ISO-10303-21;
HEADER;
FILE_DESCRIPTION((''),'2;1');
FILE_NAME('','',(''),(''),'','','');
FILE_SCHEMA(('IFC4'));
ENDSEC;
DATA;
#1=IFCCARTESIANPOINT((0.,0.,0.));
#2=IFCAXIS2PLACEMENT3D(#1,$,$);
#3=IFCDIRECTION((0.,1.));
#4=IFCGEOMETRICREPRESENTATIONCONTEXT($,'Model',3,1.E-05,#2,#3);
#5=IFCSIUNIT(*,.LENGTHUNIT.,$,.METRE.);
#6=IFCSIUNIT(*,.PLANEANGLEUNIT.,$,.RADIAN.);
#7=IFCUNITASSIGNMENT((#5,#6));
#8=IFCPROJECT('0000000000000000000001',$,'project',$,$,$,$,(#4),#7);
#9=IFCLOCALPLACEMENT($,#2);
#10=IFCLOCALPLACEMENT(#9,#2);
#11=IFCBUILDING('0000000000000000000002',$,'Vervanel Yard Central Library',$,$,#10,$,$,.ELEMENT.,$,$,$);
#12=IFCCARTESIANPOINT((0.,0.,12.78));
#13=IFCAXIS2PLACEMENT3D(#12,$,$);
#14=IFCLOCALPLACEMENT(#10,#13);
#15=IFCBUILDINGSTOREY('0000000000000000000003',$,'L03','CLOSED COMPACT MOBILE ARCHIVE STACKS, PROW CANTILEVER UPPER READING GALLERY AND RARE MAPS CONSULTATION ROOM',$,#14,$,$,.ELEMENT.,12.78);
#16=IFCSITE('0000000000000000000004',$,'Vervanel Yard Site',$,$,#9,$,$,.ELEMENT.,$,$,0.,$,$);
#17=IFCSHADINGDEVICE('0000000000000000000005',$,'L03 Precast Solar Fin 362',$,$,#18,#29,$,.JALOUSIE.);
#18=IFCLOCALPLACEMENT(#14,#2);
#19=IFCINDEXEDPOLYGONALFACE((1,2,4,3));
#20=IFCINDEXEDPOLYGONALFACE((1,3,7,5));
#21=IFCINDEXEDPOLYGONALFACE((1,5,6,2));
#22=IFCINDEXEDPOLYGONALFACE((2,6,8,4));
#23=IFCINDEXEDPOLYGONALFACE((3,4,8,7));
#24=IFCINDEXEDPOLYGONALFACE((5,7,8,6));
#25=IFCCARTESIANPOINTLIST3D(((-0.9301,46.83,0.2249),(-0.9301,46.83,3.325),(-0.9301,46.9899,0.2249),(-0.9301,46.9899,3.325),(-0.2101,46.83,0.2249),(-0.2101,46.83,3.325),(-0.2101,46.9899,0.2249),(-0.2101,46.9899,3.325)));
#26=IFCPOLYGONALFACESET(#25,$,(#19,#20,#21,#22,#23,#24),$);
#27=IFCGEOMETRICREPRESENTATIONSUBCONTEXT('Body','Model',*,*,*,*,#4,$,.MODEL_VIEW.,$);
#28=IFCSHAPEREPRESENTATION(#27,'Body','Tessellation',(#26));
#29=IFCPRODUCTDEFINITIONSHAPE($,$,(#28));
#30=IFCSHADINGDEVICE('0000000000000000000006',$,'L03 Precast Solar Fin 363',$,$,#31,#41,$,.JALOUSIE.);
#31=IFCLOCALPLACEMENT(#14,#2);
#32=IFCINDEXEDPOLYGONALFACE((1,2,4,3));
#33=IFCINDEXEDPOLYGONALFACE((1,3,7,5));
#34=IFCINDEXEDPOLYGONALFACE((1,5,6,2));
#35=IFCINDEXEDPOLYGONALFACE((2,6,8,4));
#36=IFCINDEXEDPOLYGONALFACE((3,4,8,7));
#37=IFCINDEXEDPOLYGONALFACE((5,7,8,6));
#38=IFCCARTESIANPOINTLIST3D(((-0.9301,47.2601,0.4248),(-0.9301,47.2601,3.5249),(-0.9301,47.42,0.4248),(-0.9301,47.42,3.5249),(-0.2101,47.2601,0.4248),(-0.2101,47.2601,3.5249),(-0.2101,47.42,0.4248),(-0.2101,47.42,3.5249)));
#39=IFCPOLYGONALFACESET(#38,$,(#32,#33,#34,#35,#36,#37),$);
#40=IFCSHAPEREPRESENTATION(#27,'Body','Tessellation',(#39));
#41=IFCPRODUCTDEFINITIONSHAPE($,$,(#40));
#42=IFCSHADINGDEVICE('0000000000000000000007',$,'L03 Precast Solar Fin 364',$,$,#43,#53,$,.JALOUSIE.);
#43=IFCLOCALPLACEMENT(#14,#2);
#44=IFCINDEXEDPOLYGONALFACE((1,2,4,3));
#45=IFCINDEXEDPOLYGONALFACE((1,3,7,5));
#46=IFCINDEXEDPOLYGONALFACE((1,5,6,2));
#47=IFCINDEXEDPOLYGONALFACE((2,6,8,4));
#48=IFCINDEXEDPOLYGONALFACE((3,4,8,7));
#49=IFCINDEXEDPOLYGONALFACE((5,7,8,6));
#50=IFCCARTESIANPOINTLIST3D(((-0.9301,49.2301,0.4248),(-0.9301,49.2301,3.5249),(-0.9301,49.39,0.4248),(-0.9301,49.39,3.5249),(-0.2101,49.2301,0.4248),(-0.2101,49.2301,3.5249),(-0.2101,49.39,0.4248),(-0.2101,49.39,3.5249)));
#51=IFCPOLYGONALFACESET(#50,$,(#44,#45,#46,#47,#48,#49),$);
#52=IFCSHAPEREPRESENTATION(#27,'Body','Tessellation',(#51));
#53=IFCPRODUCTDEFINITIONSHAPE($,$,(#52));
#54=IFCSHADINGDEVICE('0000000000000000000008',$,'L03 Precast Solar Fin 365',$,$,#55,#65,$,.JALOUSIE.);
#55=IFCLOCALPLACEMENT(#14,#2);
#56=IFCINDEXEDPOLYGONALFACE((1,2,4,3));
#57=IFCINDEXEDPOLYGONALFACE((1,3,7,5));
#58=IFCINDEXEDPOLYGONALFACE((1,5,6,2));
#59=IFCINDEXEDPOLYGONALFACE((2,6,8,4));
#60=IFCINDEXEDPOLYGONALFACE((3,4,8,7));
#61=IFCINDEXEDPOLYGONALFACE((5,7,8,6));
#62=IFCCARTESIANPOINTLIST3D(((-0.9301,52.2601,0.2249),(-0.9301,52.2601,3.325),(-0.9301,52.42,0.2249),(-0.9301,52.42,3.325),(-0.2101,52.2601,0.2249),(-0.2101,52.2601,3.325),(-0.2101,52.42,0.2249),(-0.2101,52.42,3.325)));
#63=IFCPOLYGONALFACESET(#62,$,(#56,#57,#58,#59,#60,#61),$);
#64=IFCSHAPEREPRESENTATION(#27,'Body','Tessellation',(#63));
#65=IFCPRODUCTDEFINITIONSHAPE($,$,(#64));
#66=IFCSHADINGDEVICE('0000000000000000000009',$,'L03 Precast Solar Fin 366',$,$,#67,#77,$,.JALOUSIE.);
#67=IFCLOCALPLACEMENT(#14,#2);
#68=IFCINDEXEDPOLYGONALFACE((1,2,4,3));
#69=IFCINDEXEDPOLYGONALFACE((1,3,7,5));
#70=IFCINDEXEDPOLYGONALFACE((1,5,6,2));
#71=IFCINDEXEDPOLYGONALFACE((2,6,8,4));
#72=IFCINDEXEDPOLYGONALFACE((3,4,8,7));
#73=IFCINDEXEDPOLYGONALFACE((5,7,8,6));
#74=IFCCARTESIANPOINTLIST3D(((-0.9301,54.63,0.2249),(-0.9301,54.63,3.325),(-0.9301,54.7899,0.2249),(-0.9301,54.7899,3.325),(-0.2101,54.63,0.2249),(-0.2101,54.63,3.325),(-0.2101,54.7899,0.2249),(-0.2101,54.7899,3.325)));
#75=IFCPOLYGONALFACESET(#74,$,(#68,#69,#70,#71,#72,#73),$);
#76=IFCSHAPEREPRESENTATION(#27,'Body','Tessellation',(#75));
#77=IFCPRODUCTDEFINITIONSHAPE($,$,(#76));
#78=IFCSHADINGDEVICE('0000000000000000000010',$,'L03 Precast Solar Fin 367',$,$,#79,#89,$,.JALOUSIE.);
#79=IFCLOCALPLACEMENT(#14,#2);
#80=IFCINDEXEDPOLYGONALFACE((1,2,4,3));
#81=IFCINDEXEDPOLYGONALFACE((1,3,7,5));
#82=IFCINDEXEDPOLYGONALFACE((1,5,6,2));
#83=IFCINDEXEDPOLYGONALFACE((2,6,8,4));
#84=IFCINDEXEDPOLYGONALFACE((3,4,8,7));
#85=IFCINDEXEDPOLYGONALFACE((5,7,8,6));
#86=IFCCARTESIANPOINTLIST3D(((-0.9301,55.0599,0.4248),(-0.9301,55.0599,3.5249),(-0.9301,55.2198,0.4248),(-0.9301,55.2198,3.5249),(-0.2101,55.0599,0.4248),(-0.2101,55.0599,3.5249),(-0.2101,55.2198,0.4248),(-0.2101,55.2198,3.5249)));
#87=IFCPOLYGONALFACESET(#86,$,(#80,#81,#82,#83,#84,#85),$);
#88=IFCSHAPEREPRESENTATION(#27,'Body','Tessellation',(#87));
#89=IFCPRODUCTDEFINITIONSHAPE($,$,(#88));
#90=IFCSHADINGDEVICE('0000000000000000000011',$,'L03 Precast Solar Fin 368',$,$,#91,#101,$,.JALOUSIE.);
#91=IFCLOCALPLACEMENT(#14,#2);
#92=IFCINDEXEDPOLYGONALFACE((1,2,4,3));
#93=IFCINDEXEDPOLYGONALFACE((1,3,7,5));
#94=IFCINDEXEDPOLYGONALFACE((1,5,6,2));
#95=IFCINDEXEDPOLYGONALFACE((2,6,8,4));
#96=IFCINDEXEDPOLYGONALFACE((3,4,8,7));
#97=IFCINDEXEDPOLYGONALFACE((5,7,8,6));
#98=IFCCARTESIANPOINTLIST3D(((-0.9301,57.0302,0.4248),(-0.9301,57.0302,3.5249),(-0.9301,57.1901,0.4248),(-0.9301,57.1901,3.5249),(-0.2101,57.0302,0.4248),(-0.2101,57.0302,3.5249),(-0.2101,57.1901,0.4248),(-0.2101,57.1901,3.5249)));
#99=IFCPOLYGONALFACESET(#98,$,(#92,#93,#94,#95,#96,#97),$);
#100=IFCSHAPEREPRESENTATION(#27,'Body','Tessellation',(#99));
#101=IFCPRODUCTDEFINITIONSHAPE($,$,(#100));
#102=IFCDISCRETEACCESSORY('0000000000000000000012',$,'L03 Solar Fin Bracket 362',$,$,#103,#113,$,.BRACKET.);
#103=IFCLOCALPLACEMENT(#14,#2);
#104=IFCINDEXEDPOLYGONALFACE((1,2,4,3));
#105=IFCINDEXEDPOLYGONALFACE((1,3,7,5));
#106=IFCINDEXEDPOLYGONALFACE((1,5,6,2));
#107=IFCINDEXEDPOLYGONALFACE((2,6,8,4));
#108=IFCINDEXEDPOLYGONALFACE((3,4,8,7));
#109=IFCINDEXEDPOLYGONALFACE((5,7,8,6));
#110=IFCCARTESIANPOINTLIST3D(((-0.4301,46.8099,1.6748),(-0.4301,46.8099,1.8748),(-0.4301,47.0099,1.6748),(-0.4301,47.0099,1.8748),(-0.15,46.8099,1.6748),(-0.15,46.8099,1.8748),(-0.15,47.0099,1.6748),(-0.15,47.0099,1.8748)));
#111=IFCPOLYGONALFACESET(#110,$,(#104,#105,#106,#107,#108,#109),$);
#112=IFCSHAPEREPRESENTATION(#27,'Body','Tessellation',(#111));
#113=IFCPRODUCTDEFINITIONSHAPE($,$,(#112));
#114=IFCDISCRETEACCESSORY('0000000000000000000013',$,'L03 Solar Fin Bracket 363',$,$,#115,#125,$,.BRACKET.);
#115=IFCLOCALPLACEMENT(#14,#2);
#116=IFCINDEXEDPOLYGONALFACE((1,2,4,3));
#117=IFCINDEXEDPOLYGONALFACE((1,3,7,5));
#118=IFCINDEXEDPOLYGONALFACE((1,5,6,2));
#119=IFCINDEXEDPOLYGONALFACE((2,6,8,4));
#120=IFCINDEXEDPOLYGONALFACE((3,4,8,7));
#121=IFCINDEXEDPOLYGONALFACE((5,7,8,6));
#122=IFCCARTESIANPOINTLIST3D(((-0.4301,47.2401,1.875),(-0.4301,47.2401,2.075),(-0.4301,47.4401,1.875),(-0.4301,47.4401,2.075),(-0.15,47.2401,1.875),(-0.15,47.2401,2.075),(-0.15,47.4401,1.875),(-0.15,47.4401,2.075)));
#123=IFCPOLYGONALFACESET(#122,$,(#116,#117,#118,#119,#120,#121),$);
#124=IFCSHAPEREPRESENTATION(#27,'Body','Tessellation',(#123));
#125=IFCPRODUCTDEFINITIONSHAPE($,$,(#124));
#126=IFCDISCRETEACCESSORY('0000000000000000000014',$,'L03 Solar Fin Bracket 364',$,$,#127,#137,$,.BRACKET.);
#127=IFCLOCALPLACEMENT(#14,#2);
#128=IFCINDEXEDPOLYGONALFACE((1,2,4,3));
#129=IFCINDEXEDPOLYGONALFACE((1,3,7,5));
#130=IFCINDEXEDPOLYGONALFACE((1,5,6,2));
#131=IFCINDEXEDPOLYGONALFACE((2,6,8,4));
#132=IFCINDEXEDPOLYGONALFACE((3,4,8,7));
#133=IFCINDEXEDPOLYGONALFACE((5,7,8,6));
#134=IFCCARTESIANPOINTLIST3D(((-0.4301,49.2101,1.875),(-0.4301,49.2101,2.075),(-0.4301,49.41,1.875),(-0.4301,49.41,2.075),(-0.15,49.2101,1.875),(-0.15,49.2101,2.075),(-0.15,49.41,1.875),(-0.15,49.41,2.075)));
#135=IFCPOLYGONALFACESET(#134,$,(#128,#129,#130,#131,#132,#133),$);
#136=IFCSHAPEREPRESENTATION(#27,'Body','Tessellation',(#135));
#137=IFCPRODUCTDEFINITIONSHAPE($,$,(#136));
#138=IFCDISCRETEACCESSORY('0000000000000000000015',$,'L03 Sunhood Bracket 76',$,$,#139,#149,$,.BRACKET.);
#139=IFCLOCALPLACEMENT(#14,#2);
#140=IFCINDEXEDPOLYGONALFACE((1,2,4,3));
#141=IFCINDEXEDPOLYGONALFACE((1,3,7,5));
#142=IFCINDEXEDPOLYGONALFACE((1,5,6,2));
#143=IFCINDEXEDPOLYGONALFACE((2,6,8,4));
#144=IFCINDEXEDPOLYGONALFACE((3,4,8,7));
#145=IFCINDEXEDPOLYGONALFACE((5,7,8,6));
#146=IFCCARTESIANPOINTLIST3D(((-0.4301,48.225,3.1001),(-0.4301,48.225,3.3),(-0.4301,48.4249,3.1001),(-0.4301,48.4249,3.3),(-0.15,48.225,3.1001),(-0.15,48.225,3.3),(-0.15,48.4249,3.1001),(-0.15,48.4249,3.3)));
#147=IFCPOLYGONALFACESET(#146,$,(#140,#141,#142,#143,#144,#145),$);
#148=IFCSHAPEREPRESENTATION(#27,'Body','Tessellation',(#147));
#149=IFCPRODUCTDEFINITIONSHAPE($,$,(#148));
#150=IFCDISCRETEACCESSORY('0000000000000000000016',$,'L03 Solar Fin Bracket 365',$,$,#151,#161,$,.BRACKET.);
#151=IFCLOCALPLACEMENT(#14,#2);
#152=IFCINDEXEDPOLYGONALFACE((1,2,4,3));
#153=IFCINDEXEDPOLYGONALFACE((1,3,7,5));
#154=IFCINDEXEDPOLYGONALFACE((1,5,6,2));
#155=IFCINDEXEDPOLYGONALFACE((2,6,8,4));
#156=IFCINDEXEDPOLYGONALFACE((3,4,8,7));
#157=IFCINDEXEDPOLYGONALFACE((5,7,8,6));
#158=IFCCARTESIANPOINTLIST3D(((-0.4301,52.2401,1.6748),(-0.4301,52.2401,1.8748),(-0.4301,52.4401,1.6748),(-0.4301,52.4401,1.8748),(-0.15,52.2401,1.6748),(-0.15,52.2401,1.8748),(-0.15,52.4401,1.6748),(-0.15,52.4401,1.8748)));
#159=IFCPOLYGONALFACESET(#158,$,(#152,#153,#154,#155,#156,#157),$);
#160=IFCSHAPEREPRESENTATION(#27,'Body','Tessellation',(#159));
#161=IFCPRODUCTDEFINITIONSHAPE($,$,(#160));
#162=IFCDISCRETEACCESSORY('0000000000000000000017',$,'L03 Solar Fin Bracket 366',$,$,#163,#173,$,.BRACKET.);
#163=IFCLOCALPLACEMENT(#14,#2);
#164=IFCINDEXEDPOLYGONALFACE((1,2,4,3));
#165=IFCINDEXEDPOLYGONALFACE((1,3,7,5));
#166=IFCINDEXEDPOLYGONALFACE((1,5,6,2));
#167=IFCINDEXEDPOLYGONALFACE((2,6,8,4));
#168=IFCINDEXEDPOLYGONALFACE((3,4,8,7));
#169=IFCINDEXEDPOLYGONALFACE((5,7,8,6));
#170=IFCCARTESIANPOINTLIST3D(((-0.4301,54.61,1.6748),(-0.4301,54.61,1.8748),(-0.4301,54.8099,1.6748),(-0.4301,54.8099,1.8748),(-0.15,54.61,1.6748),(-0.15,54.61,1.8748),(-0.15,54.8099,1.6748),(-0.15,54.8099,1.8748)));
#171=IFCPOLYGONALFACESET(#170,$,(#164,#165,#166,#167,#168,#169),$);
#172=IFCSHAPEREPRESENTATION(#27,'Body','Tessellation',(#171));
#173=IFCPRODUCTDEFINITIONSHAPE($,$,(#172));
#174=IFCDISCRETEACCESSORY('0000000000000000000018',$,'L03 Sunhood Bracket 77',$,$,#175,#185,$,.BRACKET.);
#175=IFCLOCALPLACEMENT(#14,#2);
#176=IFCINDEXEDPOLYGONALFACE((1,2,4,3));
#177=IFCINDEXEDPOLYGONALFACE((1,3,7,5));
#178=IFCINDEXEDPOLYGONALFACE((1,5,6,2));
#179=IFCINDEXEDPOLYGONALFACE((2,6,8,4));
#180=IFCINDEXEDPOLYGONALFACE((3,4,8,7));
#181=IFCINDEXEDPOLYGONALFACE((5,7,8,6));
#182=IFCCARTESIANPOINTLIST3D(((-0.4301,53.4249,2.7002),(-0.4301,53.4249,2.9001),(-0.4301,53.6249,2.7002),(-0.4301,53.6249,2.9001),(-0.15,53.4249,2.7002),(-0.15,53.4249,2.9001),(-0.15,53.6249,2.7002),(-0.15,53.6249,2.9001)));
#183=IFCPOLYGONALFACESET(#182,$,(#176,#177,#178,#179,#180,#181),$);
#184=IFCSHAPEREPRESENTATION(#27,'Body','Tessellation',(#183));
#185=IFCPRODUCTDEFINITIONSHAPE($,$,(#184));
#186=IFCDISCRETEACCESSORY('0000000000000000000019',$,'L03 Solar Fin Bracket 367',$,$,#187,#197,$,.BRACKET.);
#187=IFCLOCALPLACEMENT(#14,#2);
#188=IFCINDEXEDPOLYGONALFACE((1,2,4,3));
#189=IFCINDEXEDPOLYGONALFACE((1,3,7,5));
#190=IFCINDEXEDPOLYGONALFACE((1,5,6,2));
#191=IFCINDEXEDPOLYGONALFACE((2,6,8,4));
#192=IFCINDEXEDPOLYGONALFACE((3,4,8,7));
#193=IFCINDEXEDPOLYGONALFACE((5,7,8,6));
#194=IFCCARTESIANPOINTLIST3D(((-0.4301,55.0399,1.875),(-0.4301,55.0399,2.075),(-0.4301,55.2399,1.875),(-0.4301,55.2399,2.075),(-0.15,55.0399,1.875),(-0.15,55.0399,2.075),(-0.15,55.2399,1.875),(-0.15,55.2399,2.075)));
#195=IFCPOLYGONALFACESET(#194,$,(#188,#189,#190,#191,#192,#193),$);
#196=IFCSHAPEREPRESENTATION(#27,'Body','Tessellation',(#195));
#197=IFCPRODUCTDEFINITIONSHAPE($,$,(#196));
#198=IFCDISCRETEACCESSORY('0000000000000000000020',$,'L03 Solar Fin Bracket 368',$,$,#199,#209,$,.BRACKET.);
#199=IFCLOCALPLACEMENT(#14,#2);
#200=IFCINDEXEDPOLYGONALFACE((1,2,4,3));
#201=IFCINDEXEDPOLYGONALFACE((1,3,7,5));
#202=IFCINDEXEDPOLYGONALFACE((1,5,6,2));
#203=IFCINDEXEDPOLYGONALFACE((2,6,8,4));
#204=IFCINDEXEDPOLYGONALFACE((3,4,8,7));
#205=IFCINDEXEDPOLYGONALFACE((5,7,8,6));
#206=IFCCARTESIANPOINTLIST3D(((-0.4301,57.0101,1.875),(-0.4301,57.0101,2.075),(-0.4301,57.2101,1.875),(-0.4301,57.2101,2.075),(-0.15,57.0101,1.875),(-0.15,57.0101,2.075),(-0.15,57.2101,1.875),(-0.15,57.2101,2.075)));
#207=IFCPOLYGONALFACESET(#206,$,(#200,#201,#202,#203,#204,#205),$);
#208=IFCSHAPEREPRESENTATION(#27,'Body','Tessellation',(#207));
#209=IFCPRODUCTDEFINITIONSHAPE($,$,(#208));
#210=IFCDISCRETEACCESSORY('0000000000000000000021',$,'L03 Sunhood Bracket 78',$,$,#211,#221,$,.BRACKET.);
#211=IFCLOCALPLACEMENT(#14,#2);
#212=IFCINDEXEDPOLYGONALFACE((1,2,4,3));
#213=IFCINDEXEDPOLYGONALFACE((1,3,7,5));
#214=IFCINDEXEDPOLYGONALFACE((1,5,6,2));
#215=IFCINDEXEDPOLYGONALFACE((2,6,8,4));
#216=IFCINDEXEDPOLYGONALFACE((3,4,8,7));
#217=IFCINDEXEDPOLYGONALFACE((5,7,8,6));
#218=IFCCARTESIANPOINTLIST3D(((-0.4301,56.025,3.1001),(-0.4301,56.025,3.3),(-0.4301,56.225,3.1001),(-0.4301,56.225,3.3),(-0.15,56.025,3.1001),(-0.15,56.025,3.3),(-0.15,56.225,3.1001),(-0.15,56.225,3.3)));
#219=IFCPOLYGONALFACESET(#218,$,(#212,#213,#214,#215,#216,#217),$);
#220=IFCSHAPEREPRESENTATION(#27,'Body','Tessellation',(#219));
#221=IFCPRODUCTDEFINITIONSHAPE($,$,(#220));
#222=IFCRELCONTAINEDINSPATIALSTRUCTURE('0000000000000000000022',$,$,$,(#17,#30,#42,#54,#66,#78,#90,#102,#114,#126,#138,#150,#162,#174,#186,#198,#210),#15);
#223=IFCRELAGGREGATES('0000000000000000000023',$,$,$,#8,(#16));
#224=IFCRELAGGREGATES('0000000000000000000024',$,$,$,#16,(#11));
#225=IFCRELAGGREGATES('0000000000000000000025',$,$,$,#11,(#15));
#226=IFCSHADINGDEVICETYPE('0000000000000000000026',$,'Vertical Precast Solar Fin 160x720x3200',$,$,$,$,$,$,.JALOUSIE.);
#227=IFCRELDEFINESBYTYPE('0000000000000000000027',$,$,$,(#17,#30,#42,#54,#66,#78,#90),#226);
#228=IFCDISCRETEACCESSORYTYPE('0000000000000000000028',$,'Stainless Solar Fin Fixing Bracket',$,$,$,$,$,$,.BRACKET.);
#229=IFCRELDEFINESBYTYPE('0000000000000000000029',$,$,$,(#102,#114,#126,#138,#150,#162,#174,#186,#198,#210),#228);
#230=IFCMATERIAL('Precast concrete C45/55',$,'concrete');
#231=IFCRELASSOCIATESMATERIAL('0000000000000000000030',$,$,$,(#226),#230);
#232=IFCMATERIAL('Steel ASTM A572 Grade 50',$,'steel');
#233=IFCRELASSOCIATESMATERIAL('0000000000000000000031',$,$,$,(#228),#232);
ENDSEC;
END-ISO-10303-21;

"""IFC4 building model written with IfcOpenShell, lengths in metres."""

from ifc_helpers import new_model, si_unit, direction, frame, origin, origin_2d, place, context, subcontext, project, spatial, rectangle, extrude, material, type_object, element, save


model = new_model("IFC4")

# Units and contexts
model_context = context("Model", 3, precision=1e-05, world=origin(), true_north=direction((0.0, 1.0)))
body_context = subcontext(model_context, "Body", "Model", "MODEL_VIEW")
ifc_project = project(units=[si_unit("LENGTHUNIT", "METRE"), si_unit("PLANEANGLEUNIT", "RADIAN")], contexts=[model_context])

# Site, building, storey
site_placement = place(None, origin())
site = spatial("IfcSite", under=ifc_project, at=site_placement, Name="Vervanel Yard Site", CompositionType="ELEMENT", RefElevation=0.0)
building_placement = place(site_placement, origin())
building = spatial("IfcBuilding", under=site, at=building_placement, Name="Vervanel Yard Central Library", CompositionType="ELEMENT")
storey_placement = place(building_placement, frame((0.0, 0.0, 12.78)))
storey = spatial("IfcBuildingStorey", under=building, at=storey_placement, Name="L03", Description="CLOSED COMPACT MOBILE ARCHIVE STACKS, PROW CANTILEVER UPPER READING GALLERY AND RARE MAPS CONSULTATION ROOM", CompositionType="ELEMENT", Elevation=12.78)

# Shared definitions
ifc_material_1 = material(Name="Precast concrete C45/55", Category="concrete")

# Shading devices
shading_device_type_1 = type_object("IfcShadingDeviceType", Name="Vertical Precast Solar Fin 160x720x3200", PredefinedType="JALOUSIE", material=ifc_material_1)
for number, where, z_axis, x_axis, name in (
    (1, (-0.5701, 46.9099, 0.2249), (0.0, 0.0, 1.0), (0.0, 1.0, 0.0), "L03 Precast Solar Fin 362"),
    (2, (-0.5701, 47.3401, 0.4248), (0.0, 0.0, 1.0), (0.0, 1.0, 0.0), "L03 Precast Solar Fin 363"),
    (3, (-0.5701, 49.3101, 0.4248), (0.0, 0.0, 1.0), (0.0, 1.0, 0.0), "L03 Precast Solar Fin 364"),
    (4, (-0.5701, 52.3401, 0.2249), (0.0, 0.0, 1.0), (0.0, 1.0, 0.0), "L03 Precast Solar Fin 365"),
    (5, (-0.5701, 54.71, 0.2249), (0.0, 0.0, 1.0), (0.0, 1.0, 0.0), "L03 Precast Solar Fin 366"),
    (6, (-0.5701, 55.1399, 0.4248), (0.0, 0.0, 1.0), (0.0, 1.0, 0.0), "L03 Precast Solar Fin 367"),
    (7, (-0.5701, 57.1101, 0.4248), (0.0, 0.0, 1.0), (0.0, 1.0, 0.0), "L03 Precast Solar Fin 368"),
):
    element("IfcShadingDevice", number, at=place(storey_placement, frame(where, z_axis=z_axis, x_axis=x_axis)), inside=storey, type_object=shading_device_type_1, Name=name, PredefinedType="JALOUSIE", context=body_context, shape_type="SweptSolid", body=[
        extrude(rectangle(XDim=0.1599, YDim=0.72, at=origin_2d()), origin(), (0.0, 0.0, 1.0), 3.1001),
    ])

# Discrete accessories
ifc_material_2 = material(Name="Steel ASTM A572 Grade 50", Category="steel")
discrete_accessory_type = type_object("IfcDiscreteAccessoryType", Name="Stainless Solar Fin Fixing Bracket", PredefinedType="BRACKET", material=ifc_material_2)
for number, where, z_axis, x_axis, name in (
    (8, (-0.29, 46.9099, 1.6748), (0.0, 0.0, 1.0), (0.0, 1.0, 0.0), "L03 Solar Fin Bracket 362"),
    (9, (-0.29, 47.3401, 1.875), (0.0, 0.0, 1.0), (0.0, 1.0, 0.0), "L03 Solar Fin Bracket 363"),
    (10, (-0.29, 49.3101, 1.875), (0.0, 0.0, 1.0), (0.0, 1.0, 0.0), "L03 Solar Fin Bracket 364"),
    (11, (-0.29, 48.325, 3.1001), (0.0, 0.0, 1.0), (0.0, 1.0, 0.0), "L03 Sunhood Bracket 76"),
    (12, (-0.29, 52.3401, 1.6748), (0.0, 0.0, 1.0), (0.0, 1.0, 0.0), "L03 Solar Fin Bracket 365"),
    (13, (-0.29, 54.71, 1.6748), (0.0, 0.0, 1.0), (0.0, 1.0, 0.0), "L03 Solar Fin Bracket 366"),
    (14, (-0.29, 53.5249, 2.7002), (0.0, 0.0, 1.0), (0.0, 1.0, 0.0), "L03 Sunhood Bracket 77"),
    (15, (-0.29, 55.1399, 1.875), (0.0, 0.0, 1.0), (0.0, 1.0, 0.0), "L03 Solar Fin Bracket 367"),
    (16, (-0.29, 57.1101, 1.875), (0.0, 0.0, 1.0), (0.0, 1.0, 0.0), "L03 Solar Fin Bracket 368"),
    (17, (-0.29, 56.125, 3.1001), (0.0, 0.0, 1.0), (0.0, 1.0, 0.0), "L03 Sunhood Bracket 78"),
):
    element("IfcDiscreteAccessory", number, at=place(storey_placement, frame(where, z_axis=z_axis, x_axis=x_axis)), inside=storey, type_object=discrete_accessory_type, Name=name, PredefinedType="BRACKET", context=body_context, shape_type="SweptSolid", body=[
        extrude(rectangle(XDim=0.2, YDim=0.28, at=origin_2d()), origin(), (0.0, 0.0, 1.0), 0.2),
    ])

save(model, "model.ifc")
